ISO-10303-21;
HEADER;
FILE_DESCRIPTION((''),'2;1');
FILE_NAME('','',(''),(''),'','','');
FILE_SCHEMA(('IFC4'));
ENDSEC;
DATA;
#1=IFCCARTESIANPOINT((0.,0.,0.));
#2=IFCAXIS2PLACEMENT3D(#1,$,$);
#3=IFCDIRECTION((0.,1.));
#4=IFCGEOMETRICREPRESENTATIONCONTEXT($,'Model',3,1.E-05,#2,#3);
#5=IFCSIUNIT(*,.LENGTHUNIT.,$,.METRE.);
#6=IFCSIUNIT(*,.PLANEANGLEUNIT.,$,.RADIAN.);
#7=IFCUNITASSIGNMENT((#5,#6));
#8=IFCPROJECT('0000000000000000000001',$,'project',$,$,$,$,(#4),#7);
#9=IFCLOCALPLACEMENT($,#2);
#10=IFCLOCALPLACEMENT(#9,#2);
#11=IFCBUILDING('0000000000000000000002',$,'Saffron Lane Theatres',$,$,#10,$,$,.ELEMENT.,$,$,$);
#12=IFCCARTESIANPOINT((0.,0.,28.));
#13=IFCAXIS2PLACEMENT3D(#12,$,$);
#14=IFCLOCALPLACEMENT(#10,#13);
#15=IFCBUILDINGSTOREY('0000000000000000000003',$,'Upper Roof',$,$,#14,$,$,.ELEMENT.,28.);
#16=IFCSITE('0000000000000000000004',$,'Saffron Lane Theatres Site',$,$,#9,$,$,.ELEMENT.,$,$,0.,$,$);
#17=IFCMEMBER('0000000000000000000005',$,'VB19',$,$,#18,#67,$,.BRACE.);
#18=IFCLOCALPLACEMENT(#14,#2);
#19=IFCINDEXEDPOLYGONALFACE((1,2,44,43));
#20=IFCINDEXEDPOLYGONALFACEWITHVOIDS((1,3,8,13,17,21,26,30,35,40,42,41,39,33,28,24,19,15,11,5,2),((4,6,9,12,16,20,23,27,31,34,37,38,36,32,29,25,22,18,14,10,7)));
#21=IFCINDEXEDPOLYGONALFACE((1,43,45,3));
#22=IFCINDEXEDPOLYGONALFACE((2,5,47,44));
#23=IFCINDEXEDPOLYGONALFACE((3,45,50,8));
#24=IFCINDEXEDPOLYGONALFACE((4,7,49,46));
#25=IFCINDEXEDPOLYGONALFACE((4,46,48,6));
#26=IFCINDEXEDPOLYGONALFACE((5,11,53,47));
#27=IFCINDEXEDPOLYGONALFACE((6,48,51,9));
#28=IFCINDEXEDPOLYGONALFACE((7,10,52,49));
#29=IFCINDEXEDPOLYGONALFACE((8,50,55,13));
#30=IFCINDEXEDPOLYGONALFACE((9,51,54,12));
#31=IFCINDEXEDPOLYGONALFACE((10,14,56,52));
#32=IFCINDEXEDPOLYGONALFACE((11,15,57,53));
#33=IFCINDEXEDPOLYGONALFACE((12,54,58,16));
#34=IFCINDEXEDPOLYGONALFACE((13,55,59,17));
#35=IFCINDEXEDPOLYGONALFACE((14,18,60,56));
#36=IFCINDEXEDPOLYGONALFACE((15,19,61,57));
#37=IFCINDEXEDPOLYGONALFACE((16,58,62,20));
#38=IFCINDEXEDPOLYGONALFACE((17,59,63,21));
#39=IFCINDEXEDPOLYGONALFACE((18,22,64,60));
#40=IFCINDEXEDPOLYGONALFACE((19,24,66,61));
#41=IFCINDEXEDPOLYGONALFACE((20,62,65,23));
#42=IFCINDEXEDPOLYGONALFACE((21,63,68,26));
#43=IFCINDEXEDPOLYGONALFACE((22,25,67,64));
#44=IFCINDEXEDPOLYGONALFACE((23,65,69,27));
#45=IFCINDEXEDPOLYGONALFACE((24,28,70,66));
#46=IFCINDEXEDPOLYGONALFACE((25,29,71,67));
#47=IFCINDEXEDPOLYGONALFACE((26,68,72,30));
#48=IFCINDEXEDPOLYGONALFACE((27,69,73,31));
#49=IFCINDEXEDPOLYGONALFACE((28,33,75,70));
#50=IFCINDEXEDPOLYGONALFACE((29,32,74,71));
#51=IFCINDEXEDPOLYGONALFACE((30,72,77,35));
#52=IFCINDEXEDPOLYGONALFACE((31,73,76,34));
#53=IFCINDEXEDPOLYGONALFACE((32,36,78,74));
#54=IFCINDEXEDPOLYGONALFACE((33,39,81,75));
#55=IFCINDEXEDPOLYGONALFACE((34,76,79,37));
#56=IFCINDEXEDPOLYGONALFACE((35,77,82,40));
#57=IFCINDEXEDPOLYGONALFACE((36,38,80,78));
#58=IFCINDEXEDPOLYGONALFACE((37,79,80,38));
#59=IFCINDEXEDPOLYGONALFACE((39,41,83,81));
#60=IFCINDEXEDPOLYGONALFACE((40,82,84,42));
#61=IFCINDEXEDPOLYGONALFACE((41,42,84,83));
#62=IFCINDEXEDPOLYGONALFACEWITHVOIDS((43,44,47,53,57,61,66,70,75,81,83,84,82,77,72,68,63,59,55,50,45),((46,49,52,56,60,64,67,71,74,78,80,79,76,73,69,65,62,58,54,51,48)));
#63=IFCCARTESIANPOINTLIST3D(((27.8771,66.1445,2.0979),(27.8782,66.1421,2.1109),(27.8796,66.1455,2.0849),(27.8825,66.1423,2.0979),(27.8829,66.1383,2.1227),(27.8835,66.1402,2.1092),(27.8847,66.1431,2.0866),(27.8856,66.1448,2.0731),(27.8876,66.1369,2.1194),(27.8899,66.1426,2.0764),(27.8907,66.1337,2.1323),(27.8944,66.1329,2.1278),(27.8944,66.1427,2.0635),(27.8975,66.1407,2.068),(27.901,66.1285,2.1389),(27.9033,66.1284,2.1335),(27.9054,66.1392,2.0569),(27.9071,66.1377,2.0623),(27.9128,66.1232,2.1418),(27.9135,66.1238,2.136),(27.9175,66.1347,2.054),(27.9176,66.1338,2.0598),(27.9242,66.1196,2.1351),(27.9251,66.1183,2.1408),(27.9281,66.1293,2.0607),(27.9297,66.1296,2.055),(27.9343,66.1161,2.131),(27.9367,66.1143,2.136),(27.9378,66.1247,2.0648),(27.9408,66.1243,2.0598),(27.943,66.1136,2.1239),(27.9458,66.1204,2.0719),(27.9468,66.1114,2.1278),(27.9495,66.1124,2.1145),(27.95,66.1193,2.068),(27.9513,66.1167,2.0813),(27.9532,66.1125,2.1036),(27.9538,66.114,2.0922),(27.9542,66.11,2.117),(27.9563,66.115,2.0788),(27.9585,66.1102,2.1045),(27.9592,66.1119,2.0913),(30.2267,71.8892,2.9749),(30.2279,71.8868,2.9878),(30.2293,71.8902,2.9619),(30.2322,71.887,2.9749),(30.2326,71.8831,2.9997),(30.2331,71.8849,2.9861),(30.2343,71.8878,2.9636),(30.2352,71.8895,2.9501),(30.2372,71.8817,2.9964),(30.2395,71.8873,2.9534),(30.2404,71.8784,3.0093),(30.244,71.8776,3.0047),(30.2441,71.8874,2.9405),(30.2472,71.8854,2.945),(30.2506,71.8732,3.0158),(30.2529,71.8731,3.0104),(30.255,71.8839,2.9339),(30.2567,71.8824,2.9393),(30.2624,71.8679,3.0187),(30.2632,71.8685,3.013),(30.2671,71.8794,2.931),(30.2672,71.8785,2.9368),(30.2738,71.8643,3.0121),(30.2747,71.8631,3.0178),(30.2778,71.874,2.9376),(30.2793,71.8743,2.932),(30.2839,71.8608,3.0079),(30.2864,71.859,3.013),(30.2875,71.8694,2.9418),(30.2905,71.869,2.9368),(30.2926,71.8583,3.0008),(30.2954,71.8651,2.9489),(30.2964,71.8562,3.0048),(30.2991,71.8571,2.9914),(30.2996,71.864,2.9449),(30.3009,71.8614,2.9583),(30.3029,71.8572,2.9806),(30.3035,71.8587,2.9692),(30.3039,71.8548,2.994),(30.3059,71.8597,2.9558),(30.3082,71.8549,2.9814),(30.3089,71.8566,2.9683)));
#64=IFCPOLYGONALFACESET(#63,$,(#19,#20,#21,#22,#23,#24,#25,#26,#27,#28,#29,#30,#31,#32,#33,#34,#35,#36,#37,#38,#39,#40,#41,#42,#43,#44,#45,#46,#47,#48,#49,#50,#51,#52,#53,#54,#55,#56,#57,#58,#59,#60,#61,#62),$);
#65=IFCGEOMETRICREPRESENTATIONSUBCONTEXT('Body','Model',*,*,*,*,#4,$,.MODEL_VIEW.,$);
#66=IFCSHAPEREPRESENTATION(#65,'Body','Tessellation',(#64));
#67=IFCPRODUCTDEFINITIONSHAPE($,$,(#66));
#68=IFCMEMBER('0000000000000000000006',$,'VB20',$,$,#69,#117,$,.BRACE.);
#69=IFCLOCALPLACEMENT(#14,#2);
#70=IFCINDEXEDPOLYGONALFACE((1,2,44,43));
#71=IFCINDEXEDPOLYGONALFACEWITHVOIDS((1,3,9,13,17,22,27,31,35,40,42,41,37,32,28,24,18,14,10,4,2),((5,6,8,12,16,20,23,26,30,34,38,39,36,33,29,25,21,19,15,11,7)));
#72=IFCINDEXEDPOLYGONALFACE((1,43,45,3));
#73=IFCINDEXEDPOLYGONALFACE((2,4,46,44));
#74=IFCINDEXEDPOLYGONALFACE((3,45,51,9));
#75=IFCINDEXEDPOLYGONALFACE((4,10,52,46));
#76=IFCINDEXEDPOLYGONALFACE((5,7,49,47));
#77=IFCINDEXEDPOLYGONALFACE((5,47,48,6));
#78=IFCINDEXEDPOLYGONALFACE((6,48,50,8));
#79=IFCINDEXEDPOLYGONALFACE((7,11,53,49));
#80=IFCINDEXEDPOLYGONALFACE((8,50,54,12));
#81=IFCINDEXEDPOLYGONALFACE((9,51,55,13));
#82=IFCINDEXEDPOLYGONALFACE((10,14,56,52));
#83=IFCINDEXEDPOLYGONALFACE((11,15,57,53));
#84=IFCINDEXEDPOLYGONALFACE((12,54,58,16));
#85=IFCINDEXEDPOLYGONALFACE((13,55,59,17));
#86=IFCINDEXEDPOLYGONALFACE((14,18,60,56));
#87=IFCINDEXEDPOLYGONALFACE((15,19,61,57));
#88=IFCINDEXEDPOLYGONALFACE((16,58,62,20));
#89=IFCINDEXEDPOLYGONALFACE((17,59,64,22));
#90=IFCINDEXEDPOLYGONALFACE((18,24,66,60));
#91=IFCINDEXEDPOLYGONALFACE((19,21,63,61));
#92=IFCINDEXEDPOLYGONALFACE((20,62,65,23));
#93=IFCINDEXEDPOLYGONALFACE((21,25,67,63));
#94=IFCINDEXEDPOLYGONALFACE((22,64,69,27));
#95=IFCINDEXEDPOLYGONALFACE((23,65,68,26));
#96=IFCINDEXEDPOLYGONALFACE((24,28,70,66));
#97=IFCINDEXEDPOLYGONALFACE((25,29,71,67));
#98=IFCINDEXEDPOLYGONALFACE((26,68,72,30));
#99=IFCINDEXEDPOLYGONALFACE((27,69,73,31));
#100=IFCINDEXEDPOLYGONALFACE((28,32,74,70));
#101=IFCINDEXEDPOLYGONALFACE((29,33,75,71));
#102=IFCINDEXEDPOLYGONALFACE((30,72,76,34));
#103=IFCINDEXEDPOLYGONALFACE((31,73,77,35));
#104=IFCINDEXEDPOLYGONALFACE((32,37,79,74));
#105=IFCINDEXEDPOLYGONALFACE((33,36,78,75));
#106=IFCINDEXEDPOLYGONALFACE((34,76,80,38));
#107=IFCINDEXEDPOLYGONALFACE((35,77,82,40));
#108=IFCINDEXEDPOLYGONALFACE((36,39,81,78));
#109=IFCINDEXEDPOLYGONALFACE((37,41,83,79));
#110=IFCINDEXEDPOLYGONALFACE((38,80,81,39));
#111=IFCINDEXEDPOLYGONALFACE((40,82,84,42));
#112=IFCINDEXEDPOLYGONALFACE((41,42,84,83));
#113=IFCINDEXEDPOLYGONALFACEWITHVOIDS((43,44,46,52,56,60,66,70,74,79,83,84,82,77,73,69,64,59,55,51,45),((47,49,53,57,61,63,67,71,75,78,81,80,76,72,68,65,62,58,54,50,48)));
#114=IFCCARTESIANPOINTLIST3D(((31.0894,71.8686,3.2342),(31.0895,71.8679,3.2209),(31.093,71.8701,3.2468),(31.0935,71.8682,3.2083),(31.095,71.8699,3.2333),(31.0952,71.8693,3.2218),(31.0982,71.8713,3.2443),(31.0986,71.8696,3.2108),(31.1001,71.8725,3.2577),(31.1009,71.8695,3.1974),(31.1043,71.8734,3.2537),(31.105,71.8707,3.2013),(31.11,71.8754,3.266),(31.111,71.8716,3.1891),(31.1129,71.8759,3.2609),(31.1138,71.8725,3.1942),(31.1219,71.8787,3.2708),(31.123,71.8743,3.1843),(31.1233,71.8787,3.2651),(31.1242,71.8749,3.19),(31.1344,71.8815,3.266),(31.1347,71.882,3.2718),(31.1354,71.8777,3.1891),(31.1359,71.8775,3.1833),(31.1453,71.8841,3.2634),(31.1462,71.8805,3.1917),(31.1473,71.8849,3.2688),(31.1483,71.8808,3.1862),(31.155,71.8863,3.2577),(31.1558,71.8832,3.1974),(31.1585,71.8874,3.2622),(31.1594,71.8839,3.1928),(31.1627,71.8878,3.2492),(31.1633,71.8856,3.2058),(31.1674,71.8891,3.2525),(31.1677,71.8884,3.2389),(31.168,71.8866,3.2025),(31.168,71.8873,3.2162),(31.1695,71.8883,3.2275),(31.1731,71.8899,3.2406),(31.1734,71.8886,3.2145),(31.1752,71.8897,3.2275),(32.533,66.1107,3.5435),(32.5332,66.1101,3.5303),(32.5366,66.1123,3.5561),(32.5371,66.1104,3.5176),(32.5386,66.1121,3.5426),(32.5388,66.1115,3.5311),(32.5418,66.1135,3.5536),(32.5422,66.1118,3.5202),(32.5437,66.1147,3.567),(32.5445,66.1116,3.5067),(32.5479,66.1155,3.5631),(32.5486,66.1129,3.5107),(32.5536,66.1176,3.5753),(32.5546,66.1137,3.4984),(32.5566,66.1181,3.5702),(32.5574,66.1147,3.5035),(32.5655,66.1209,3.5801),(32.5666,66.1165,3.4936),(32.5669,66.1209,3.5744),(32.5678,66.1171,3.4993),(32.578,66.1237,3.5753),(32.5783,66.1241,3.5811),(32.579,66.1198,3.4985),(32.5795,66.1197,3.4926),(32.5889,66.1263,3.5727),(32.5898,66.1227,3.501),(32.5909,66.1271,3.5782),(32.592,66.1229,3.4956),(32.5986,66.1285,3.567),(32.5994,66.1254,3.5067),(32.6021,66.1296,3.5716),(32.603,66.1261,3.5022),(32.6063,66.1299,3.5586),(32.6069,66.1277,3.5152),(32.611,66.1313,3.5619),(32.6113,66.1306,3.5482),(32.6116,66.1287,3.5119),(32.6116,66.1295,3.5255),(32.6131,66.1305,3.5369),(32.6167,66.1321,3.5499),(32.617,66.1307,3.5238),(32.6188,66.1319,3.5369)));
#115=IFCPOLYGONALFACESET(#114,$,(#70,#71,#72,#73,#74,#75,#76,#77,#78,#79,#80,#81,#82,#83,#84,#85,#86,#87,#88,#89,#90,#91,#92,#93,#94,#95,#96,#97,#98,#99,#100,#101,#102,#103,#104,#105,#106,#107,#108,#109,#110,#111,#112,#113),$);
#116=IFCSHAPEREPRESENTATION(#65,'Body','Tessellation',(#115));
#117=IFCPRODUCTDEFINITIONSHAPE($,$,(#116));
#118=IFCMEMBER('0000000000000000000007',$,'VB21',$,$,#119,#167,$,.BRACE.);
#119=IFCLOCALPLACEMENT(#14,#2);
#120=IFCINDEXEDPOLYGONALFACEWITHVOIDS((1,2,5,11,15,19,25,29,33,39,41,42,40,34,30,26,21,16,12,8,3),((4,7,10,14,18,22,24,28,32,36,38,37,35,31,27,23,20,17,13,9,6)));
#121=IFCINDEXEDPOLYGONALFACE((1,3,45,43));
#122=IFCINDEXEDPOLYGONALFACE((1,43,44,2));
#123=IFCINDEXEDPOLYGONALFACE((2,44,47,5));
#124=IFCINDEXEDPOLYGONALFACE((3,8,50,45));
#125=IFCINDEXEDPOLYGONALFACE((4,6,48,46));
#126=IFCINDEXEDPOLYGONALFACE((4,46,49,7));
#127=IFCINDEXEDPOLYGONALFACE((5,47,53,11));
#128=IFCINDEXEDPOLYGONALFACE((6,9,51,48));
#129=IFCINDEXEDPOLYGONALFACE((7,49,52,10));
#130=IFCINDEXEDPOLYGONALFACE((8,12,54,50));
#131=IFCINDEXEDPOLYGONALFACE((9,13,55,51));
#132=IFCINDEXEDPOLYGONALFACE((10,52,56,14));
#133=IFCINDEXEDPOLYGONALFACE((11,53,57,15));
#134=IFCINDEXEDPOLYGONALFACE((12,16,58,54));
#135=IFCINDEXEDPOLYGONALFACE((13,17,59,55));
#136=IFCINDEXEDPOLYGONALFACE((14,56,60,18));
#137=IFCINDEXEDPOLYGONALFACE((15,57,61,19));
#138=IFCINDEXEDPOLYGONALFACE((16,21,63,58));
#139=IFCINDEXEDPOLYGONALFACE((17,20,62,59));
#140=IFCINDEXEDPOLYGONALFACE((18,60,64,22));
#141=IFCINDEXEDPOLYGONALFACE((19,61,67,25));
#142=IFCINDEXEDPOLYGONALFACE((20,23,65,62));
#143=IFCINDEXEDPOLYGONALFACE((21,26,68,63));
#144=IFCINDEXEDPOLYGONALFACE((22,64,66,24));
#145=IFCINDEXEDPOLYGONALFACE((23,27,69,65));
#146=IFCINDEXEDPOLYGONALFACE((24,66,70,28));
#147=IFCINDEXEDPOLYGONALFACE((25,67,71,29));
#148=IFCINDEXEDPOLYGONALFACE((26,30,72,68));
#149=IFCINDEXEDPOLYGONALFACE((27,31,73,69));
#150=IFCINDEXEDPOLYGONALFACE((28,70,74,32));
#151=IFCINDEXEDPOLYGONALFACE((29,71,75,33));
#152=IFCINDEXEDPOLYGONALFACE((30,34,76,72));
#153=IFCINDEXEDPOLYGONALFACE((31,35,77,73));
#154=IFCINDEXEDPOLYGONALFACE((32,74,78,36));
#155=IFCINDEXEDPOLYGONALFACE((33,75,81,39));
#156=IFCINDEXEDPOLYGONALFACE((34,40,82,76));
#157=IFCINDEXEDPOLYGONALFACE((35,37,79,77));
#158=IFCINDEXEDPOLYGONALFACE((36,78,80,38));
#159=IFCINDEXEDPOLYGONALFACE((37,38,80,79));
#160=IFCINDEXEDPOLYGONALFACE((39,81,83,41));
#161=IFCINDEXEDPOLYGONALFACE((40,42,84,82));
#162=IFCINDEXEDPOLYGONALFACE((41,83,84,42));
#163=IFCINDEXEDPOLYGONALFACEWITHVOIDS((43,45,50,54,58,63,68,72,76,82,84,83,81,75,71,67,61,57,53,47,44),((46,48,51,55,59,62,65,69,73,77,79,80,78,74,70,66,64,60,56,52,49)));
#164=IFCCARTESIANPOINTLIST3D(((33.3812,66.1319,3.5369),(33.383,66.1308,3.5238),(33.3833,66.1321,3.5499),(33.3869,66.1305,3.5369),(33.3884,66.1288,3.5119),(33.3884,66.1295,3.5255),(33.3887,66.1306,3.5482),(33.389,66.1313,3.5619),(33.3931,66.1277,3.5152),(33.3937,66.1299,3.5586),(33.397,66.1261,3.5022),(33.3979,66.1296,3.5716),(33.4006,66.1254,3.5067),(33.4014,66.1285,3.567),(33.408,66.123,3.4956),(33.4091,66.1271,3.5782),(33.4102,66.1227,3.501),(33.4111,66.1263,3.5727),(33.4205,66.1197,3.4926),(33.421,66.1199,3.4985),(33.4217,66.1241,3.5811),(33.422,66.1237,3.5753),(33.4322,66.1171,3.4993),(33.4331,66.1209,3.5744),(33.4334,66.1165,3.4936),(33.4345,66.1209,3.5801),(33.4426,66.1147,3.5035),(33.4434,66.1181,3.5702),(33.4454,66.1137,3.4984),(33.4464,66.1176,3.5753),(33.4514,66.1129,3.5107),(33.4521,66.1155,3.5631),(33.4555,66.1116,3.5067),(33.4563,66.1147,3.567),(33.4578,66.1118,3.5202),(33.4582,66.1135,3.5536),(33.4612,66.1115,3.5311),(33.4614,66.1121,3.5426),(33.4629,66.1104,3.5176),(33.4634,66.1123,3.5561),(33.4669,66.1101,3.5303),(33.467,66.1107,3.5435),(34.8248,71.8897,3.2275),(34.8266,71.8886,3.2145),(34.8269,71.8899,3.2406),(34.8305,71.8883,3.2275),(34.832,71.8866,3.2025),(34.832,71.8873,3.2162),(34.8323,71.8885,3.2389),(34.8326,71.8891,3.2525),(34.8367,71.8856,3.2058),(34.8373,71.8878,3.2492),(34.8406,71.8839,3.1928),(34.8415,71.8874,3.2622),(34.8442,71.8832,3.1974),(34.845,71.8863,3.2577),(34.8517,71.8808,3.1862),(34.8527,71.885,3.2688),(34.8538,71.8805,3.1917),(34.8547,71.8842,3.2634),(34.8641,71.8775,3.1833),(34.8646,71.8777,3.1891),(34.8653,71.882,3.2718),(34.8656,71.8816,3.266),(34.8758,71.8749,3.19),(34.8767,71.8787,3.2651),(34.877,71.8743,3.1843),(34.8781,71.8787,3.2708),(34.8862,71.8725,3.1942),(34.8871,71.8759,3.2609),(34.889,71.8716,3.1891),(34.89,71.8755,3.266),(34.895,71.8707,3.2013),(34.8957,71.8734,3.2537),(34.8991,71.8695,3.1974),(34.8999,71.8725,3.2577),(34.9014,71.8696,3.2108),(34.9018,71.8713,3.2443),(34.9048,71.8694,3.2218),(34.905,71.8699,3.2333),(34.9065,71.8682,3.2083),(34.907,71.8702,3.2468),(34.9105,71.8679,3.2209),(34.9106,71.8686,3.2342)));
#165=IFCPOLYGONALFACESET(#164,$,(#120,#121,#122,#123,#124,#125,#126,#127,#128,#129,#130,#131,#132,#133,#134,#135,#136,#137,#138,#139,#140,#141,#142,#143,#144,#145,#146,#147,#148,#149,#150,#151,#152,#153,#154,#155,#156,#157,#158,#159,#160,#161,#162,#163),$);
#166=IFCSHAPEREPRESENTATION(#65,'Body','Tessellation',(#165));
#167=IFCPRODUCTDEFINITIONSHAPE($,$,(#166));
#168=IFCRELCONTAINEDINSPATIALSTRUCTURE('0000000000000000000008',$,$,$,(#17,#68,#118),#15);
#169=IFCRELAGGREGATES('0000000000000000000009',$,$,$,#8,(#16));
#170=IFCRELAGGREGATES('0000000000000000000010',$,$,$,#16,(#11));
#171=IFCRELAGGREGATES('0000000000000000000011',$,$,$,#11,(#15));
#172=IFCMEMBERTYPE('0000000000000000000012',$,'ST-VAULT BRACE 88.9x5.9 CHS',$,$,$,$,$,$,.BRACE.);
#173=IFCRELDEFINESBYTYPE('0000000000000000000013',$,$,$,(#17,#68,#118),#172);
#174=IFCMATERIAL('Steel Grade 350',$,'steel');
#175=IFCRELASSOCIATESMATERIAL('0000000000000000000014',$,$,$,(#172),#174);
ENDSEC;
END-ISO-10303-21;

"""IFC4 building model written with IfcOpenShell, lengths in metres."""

from ifc_helpers import new_model, si_unit, direction, frame, origin, origin_2d, place, context, subcontext, project, spatial, hollow_circle, extrude, material, material_profile, profile_set, type_object, element, save


model = new_model("IFC4")

# Units and contexts
model_context = context("Model", 3, precision=1e-05, world=origin(), true_north=direction((0.0, 1.0)))
body_context = subcontext(model_context, "Body", "Model", "MODEL_VIEW")
ifc_project = project(units=[si_unit("LENGTHUNIT", "METRE"), si_unit("PLANEANGLEUNIT", "RADIAN")], contexts=[model_context])

# Site, building, storey
site_placement = place(None, origin())
site = spatial("IfcSite", under=ifc_project, at=site_placement, Name="Saffron Lane Theatres Site", CompositionType="ELEMENT", RefElevation=0.0)
building_placement = place(site_placement, origin())
building = spatial("IfcBuilding", under=site, at=building_placement, Name="Saffron Lane Theatres", CompositionType="ELEMENT")
storey_placement = place(building_placement, frame((0.0, 0.0, 28.0)))
storey = spatial("IfcBuildingStorey", under=building, at=storey_placement, Name="Upper Roof", CompositionType="ELEMENT", Elevation=28.0)

# Members
ifc_material_1 = material(Name="Steel Grade 350", Category="steel")
ifc_material_profile_1 = material_profile(ifc_material_1, hollow_circle(Radius=0.0444, WallThickness=0.0059, at=origin_2d()))
ifc_profile_set_1 = profile_set([ifc_material_profile_1], Name="Steel Grade 350")
member_type_1 = type_object("IfcMemberType", Name="ST-VAULT BRACE 88.9x5.9 CHS", PredefinedType="BRACE", material=ifc_profile_set_1)
member_1_placement = place(storey_placement, frame((27.9182, 66.1277, 2.0979), z_axis=(0.374845, 0.91647, 0.139905), x_axis=(-0.925573, 0.378569, 0.0)))
element("IfcMember", 1, at=member_1_placement, inside=storey, type_object=member_type_1, Name="VB19", PredefinedType="BRACE", context=body_context, shape_type="SweptSolid", body=[
    extrude(hollow_circle(Radius=0.0444, WallThickness=0.0059, at=origin_2d()), origin(), (0.0, 0.0, 1.0), 6.2683),
])
for number, where, z_axis, x_axis, name in (
    (2, (31.1321, 71.8789, 3.2275), (0.242864, -0.968663, 0.052039), (0.969978, 0.243194, 0.0), "VB20"),
    (3, (33.4243, 66.1211, 3.5369), (0.242864, 0.968663, -0.052039), (-0.969978, 0.243194, 0.0), "VB21"),
):
    element("IfcMember", number, at=place(storey_placement, frame(where, z_axis=z_axis, x_axis=x_axis)), inside=storey, type_object=member_type_1, Name=name, PredefinedType="BRACE", context=body_context, shape_type="SweptSolid", body=[
        extrude(hollow_circle(Radius=0.0444, WallThickness=0.0059, at=origin_2d()), origin(), (0.0, 0.0, 1.0), 5.9441),
    ])

save(model, "model.ifc")
